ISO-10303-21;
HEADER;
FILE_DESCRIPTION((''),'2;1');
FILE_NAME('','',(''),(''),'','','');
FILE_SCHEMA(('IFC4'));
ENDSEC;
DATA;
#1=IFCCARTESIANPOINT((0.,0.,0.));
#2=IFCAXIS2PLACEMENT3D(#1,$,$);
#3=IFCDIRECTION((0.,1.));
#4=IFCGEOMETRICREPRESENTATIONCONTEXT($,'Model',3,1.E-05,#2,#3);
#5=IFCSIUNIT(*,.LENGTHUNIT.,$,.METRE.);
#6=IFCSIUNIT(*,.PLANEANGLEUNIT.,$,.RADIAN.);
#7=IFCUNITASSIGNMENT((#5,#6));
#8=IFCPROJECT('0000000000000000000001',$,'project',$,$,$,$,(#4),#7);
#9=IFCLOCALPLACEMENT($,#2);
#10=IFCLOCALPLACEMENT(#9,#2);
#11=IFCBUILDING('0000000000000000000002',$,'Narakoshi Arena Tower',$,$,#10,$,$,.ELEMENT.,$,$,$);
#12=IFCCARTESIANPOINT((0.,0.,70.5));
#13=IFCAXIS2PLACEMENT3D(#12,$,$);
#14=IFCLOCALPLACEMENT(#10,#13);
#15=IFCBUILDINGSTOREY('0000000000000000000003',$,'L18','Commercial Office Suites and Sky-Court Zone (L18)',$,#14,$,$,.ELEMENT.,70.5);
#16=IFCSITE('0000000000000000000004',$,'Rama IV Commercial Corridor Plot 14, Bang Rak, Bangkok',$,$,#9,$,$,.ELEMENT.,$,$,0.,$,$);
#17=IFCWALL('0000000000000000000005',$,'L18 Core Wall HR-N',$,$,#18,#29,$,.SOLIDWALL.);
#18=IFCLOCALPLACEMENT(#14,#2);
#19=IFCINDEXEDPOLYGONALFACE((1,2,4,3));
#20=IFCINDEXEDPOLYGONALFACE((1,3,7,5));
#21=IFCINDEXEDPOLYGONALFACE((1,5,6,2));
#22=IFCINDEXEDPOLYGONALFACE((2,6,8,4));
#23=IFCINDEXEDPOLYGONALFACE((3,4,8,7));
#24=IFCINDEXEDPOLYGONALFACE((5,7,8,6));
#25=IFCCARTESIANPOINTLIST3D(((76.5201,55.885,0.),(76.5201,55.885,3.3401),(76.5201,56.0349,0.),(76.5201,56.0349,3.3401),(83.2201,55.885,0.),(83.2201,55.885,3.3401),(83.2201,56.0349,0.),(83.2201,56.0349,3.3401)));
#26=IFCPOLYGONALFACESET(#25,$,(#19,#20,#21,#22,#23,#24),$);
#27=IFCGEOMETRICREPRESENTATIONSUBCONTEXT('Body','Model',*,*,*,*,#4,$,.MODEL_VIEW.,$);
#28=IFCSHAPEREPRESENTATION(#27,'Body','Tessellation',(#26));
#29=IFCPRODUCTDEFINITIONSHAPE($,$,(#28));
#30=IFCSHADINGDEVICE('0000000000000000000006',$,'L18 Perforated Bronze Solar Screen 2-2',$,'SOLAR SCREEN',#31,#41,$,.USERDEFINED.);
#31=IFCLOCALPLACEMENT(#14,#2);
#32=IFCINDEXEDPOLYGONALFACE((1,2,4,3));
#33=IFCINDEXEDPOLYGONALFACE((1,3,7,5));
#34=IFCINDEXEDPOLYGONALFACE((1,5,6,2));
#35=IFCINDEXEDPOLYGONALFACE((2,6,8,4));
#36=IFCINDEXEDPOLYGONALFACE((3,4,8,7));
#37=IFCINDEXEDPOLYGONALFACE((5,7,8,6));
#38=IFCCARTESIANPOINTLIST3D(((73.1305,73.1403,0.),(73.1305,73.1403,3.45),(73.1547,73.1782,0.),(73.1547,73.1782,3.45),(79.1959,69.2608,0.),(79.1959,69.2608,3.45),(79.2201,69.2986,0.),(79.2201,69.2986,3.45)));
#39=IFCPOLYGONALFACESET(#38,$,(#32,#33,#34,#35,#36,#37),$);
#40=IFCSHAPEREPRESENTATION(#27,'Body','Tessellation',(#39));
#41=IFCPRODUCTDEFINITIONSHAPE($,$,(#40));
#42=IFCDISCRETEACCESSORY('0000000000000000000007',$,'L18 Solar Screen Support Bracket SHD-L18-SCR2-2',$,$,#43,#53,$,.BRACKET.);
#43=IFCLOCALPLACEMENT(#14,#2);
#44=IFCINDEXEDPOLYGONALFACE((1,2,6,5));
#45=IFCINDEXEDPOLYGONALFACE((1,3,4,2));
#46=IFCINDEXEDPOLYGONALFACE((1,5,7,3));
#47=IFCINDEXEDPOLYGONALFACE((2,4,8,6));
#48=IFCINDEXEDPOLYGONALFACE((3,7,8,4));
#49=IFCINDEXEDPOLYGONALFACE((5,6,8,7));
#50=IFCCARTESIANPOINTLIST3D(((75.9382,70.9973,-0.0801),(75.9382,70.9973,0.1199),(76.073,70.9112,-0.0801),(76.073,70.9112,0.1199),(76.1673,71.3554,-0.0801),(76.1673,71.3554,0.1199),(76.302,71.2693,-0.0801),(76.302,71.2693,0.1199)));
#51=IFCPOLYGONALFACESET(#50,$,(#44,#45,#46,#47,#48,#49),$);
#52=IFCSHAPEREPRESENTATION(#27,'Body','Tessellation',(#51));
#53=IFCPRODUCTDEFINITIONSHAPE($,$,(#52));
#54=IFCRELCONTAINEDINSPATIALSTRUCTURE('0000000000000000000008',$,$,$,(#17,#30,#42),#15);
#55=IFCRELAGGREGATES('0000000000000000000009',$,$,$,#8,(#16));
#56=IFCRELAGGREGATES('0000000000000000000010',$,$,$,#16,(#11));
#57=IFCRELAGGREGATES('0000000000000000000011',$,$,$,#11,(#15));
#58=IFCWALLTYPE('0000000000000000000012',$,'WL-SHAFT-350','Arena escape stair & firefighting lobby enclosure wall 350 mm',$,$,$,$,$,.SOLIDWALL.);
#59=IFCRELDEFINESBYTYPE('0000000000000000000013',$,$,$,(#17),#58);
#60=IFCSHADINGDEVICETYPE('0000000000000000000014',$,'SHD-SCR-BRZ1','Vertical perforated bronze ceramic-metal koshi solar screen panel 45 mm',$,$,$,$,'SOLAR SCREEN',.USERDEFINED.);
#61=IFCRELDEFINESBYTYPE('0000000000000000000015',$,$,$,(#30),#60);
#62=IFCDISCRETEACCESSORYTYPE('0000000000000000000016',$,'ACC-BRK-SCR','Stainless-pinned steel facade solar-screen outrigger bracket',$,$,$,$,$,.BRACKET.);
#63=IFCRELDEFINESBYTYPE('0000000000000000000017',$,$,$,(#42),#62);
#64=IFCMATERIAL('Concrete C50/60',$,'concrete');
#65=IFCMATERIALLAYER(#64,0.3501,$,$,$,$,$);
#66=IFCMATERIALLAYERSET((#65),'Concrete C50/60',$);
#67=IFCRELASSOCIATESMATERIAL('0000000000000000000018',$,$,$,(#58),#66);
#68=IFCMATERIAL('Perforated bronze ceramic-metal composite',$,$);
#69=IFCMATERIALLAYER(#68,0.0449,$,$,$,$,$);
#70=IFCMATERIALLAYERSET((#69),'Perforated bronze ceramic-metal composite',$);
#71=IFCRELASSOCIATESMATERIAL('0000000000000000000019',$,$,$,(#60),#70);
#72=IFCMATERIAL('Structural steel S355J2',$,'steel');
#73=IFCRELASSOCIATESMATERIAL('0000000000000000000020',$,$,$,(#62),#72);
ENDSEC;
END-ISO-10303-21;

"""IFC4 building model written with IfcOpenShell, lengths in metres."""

from ifc_helpers import new_model, si_unit, direction, frame, frame_2d, origin, origin_2d, place, context, subcontext, project, spatial, rectangle, extrude, material, layer, layer_set, type_object, element, save


model = new_model("IFC4")

# Units and contexts
model_context = context("Model", 3, precision=1e-05, world=origin(), true_north=direction((0.0, 1.0)))
body_context = subcontext(model_context, "Body", "Model", "MODEL_VIEW")
ifc_project = project(units=[si_unit("LENGTHUNIT", "METRE"), si_unit("PLANEANGLEUNIT", "RADIAN")], contexts=[model_context])

# Site, building, storey
site_placement = place(None, origin())
site = spatial("IfcSite", under=ifc_project, at=site_placement, Name="Rama IV Commercial Corridor Plot 14, Bang Rak, Bangkok", CompositionType="ELEMENT", RefElevation=0.0)
building_placement = place(site_placement, origin())
building = spatial("IfcBuilding", under=site, at=building_placement, Name="Narakoshi Arena Tower", CompositionType="ELEMENT")
storey_placement = place(building_placement, frame((0.0, 0.0, 70.5)))
storey = spatial("IfcBuildingStorey", under=building, at=storey_placement, Name="L18", Description="Commercial Office Suites and Sky-Court Zone (L18)", CompositionType="ELEMENT", Elevation=70.5)

# Shared definitions
ifc_material_1 = material(Name="Concrete C50/60", Category="concrete")
ifc_layer_1 = layer(ifc_material_1, 0.3501)
ifc_layer_set_1 = layer_set([ifc_layer_1], Name="Concrete C50/60")
wall_type_1 = type_object("IfcWallType", Name="WL-SHAFT-350", Description="Arena escape stair & firefighting lobby enclosure wall 350 mm", PredefinedType="SOLIDWALL", material=ifc_layer_set_1)

# Wall
wall_1_placement = place(storey_placement, frame((76.52, 55.96, 0.0), z_axis=(0.0, 0.0, 1.0), x_axis=(1.0, 0.0, 0.0)))
element("IfcWall", 1, at=wall_1_placement, inside=storey, type_object=wall_type_1, Name="L18 Core Wall HR-N", PredefinedType="SOLIDWALL", context=body_context, shape_type="SweptSolid", body=[
    extrude(rectangle(XDim=6.7, YDim=0.1499, at=frame_2d((3.3501, 0.0))), origin(), (0.0, 0.0, 1.0), 3.3401),
])

# Shading device
ifc_material_2 = material(Name="Perforated bronze ceramic-metal composite")
ifc_layer_2 = layer(ifc_material_2, 0.0449)
ifc_layer_set_2 = layer_set([ifc_layer_2], Name="Perforated bronze ceramic-metal composite")
shading_device_type = type_object("IfcShadingDeviceType", Name="SHD-SCR-BRZ1", Description="Vertical perforated bronze ceramic-metal koshi solar screen panel 45 mm", ElementType="SOLAR SCREEN", PredefinedType="USERDEFINED", material=ifc_layer_set_2)
shading_device_placement = place(storey_placement, frame((76.1753, 71.2195, 0.0), z_axis=(0.0, 0.0, 1.0), x_axis=(-0.842415, 0.53883, 0.0)))
element("IfcShadingDevice", 2, at=shading_device_placement, inside=storey, type_object=shading_device_type, Name="L18 Perforated Bronze Solar Screen 2-2", ObjectType="SOLAR SCREEN", PredefinedType="USERDEFINED", context=body_context, shape_type="SweptSolid", body=[
    extrude(rectangle(XDim=7.2, YDim=0.0449, at=origin_2d()), origin(), (0.0, 0.0, 1.0), 3.45),
])

# Discrete accessory
ifc_material_3 = material(Name="Structural steel S355J2", Category="steel")
discrete_accessory_type = type_object("IfcDiscreteAccessoryType", Name="ACC-BRK-SCR", Description="Stainless-pinned steel facade solar-screen outrigger bracket", PredefinedType="BRACKET", material=ifc_material_3)
discrete_accessory_placement = place(storey_placement, frame((76.1201, 71.1333, -0.0801), z_axis=(0.0, 0.0, 1.0), x_axis=(-0.842415, 0.53883, 0.0)))
element("IfcDiscreteAccessory", 3, at=discrete_accessory_placement, inside=storey, type_object=discrete_accessory_type, Name="L18 Solar Screen Support Bracket SHD-L18-SCR2-2", PredefinedType="BRACKET", context=body_context, shape_type="SweptSolid", body=[
    extrude(rectangle(XDim=0.1599, YDim=0.425, at=origin_2d()), origin(), (0.0, 0.0, 1.0), 0.2),
])

save(model, "model.ifc")
